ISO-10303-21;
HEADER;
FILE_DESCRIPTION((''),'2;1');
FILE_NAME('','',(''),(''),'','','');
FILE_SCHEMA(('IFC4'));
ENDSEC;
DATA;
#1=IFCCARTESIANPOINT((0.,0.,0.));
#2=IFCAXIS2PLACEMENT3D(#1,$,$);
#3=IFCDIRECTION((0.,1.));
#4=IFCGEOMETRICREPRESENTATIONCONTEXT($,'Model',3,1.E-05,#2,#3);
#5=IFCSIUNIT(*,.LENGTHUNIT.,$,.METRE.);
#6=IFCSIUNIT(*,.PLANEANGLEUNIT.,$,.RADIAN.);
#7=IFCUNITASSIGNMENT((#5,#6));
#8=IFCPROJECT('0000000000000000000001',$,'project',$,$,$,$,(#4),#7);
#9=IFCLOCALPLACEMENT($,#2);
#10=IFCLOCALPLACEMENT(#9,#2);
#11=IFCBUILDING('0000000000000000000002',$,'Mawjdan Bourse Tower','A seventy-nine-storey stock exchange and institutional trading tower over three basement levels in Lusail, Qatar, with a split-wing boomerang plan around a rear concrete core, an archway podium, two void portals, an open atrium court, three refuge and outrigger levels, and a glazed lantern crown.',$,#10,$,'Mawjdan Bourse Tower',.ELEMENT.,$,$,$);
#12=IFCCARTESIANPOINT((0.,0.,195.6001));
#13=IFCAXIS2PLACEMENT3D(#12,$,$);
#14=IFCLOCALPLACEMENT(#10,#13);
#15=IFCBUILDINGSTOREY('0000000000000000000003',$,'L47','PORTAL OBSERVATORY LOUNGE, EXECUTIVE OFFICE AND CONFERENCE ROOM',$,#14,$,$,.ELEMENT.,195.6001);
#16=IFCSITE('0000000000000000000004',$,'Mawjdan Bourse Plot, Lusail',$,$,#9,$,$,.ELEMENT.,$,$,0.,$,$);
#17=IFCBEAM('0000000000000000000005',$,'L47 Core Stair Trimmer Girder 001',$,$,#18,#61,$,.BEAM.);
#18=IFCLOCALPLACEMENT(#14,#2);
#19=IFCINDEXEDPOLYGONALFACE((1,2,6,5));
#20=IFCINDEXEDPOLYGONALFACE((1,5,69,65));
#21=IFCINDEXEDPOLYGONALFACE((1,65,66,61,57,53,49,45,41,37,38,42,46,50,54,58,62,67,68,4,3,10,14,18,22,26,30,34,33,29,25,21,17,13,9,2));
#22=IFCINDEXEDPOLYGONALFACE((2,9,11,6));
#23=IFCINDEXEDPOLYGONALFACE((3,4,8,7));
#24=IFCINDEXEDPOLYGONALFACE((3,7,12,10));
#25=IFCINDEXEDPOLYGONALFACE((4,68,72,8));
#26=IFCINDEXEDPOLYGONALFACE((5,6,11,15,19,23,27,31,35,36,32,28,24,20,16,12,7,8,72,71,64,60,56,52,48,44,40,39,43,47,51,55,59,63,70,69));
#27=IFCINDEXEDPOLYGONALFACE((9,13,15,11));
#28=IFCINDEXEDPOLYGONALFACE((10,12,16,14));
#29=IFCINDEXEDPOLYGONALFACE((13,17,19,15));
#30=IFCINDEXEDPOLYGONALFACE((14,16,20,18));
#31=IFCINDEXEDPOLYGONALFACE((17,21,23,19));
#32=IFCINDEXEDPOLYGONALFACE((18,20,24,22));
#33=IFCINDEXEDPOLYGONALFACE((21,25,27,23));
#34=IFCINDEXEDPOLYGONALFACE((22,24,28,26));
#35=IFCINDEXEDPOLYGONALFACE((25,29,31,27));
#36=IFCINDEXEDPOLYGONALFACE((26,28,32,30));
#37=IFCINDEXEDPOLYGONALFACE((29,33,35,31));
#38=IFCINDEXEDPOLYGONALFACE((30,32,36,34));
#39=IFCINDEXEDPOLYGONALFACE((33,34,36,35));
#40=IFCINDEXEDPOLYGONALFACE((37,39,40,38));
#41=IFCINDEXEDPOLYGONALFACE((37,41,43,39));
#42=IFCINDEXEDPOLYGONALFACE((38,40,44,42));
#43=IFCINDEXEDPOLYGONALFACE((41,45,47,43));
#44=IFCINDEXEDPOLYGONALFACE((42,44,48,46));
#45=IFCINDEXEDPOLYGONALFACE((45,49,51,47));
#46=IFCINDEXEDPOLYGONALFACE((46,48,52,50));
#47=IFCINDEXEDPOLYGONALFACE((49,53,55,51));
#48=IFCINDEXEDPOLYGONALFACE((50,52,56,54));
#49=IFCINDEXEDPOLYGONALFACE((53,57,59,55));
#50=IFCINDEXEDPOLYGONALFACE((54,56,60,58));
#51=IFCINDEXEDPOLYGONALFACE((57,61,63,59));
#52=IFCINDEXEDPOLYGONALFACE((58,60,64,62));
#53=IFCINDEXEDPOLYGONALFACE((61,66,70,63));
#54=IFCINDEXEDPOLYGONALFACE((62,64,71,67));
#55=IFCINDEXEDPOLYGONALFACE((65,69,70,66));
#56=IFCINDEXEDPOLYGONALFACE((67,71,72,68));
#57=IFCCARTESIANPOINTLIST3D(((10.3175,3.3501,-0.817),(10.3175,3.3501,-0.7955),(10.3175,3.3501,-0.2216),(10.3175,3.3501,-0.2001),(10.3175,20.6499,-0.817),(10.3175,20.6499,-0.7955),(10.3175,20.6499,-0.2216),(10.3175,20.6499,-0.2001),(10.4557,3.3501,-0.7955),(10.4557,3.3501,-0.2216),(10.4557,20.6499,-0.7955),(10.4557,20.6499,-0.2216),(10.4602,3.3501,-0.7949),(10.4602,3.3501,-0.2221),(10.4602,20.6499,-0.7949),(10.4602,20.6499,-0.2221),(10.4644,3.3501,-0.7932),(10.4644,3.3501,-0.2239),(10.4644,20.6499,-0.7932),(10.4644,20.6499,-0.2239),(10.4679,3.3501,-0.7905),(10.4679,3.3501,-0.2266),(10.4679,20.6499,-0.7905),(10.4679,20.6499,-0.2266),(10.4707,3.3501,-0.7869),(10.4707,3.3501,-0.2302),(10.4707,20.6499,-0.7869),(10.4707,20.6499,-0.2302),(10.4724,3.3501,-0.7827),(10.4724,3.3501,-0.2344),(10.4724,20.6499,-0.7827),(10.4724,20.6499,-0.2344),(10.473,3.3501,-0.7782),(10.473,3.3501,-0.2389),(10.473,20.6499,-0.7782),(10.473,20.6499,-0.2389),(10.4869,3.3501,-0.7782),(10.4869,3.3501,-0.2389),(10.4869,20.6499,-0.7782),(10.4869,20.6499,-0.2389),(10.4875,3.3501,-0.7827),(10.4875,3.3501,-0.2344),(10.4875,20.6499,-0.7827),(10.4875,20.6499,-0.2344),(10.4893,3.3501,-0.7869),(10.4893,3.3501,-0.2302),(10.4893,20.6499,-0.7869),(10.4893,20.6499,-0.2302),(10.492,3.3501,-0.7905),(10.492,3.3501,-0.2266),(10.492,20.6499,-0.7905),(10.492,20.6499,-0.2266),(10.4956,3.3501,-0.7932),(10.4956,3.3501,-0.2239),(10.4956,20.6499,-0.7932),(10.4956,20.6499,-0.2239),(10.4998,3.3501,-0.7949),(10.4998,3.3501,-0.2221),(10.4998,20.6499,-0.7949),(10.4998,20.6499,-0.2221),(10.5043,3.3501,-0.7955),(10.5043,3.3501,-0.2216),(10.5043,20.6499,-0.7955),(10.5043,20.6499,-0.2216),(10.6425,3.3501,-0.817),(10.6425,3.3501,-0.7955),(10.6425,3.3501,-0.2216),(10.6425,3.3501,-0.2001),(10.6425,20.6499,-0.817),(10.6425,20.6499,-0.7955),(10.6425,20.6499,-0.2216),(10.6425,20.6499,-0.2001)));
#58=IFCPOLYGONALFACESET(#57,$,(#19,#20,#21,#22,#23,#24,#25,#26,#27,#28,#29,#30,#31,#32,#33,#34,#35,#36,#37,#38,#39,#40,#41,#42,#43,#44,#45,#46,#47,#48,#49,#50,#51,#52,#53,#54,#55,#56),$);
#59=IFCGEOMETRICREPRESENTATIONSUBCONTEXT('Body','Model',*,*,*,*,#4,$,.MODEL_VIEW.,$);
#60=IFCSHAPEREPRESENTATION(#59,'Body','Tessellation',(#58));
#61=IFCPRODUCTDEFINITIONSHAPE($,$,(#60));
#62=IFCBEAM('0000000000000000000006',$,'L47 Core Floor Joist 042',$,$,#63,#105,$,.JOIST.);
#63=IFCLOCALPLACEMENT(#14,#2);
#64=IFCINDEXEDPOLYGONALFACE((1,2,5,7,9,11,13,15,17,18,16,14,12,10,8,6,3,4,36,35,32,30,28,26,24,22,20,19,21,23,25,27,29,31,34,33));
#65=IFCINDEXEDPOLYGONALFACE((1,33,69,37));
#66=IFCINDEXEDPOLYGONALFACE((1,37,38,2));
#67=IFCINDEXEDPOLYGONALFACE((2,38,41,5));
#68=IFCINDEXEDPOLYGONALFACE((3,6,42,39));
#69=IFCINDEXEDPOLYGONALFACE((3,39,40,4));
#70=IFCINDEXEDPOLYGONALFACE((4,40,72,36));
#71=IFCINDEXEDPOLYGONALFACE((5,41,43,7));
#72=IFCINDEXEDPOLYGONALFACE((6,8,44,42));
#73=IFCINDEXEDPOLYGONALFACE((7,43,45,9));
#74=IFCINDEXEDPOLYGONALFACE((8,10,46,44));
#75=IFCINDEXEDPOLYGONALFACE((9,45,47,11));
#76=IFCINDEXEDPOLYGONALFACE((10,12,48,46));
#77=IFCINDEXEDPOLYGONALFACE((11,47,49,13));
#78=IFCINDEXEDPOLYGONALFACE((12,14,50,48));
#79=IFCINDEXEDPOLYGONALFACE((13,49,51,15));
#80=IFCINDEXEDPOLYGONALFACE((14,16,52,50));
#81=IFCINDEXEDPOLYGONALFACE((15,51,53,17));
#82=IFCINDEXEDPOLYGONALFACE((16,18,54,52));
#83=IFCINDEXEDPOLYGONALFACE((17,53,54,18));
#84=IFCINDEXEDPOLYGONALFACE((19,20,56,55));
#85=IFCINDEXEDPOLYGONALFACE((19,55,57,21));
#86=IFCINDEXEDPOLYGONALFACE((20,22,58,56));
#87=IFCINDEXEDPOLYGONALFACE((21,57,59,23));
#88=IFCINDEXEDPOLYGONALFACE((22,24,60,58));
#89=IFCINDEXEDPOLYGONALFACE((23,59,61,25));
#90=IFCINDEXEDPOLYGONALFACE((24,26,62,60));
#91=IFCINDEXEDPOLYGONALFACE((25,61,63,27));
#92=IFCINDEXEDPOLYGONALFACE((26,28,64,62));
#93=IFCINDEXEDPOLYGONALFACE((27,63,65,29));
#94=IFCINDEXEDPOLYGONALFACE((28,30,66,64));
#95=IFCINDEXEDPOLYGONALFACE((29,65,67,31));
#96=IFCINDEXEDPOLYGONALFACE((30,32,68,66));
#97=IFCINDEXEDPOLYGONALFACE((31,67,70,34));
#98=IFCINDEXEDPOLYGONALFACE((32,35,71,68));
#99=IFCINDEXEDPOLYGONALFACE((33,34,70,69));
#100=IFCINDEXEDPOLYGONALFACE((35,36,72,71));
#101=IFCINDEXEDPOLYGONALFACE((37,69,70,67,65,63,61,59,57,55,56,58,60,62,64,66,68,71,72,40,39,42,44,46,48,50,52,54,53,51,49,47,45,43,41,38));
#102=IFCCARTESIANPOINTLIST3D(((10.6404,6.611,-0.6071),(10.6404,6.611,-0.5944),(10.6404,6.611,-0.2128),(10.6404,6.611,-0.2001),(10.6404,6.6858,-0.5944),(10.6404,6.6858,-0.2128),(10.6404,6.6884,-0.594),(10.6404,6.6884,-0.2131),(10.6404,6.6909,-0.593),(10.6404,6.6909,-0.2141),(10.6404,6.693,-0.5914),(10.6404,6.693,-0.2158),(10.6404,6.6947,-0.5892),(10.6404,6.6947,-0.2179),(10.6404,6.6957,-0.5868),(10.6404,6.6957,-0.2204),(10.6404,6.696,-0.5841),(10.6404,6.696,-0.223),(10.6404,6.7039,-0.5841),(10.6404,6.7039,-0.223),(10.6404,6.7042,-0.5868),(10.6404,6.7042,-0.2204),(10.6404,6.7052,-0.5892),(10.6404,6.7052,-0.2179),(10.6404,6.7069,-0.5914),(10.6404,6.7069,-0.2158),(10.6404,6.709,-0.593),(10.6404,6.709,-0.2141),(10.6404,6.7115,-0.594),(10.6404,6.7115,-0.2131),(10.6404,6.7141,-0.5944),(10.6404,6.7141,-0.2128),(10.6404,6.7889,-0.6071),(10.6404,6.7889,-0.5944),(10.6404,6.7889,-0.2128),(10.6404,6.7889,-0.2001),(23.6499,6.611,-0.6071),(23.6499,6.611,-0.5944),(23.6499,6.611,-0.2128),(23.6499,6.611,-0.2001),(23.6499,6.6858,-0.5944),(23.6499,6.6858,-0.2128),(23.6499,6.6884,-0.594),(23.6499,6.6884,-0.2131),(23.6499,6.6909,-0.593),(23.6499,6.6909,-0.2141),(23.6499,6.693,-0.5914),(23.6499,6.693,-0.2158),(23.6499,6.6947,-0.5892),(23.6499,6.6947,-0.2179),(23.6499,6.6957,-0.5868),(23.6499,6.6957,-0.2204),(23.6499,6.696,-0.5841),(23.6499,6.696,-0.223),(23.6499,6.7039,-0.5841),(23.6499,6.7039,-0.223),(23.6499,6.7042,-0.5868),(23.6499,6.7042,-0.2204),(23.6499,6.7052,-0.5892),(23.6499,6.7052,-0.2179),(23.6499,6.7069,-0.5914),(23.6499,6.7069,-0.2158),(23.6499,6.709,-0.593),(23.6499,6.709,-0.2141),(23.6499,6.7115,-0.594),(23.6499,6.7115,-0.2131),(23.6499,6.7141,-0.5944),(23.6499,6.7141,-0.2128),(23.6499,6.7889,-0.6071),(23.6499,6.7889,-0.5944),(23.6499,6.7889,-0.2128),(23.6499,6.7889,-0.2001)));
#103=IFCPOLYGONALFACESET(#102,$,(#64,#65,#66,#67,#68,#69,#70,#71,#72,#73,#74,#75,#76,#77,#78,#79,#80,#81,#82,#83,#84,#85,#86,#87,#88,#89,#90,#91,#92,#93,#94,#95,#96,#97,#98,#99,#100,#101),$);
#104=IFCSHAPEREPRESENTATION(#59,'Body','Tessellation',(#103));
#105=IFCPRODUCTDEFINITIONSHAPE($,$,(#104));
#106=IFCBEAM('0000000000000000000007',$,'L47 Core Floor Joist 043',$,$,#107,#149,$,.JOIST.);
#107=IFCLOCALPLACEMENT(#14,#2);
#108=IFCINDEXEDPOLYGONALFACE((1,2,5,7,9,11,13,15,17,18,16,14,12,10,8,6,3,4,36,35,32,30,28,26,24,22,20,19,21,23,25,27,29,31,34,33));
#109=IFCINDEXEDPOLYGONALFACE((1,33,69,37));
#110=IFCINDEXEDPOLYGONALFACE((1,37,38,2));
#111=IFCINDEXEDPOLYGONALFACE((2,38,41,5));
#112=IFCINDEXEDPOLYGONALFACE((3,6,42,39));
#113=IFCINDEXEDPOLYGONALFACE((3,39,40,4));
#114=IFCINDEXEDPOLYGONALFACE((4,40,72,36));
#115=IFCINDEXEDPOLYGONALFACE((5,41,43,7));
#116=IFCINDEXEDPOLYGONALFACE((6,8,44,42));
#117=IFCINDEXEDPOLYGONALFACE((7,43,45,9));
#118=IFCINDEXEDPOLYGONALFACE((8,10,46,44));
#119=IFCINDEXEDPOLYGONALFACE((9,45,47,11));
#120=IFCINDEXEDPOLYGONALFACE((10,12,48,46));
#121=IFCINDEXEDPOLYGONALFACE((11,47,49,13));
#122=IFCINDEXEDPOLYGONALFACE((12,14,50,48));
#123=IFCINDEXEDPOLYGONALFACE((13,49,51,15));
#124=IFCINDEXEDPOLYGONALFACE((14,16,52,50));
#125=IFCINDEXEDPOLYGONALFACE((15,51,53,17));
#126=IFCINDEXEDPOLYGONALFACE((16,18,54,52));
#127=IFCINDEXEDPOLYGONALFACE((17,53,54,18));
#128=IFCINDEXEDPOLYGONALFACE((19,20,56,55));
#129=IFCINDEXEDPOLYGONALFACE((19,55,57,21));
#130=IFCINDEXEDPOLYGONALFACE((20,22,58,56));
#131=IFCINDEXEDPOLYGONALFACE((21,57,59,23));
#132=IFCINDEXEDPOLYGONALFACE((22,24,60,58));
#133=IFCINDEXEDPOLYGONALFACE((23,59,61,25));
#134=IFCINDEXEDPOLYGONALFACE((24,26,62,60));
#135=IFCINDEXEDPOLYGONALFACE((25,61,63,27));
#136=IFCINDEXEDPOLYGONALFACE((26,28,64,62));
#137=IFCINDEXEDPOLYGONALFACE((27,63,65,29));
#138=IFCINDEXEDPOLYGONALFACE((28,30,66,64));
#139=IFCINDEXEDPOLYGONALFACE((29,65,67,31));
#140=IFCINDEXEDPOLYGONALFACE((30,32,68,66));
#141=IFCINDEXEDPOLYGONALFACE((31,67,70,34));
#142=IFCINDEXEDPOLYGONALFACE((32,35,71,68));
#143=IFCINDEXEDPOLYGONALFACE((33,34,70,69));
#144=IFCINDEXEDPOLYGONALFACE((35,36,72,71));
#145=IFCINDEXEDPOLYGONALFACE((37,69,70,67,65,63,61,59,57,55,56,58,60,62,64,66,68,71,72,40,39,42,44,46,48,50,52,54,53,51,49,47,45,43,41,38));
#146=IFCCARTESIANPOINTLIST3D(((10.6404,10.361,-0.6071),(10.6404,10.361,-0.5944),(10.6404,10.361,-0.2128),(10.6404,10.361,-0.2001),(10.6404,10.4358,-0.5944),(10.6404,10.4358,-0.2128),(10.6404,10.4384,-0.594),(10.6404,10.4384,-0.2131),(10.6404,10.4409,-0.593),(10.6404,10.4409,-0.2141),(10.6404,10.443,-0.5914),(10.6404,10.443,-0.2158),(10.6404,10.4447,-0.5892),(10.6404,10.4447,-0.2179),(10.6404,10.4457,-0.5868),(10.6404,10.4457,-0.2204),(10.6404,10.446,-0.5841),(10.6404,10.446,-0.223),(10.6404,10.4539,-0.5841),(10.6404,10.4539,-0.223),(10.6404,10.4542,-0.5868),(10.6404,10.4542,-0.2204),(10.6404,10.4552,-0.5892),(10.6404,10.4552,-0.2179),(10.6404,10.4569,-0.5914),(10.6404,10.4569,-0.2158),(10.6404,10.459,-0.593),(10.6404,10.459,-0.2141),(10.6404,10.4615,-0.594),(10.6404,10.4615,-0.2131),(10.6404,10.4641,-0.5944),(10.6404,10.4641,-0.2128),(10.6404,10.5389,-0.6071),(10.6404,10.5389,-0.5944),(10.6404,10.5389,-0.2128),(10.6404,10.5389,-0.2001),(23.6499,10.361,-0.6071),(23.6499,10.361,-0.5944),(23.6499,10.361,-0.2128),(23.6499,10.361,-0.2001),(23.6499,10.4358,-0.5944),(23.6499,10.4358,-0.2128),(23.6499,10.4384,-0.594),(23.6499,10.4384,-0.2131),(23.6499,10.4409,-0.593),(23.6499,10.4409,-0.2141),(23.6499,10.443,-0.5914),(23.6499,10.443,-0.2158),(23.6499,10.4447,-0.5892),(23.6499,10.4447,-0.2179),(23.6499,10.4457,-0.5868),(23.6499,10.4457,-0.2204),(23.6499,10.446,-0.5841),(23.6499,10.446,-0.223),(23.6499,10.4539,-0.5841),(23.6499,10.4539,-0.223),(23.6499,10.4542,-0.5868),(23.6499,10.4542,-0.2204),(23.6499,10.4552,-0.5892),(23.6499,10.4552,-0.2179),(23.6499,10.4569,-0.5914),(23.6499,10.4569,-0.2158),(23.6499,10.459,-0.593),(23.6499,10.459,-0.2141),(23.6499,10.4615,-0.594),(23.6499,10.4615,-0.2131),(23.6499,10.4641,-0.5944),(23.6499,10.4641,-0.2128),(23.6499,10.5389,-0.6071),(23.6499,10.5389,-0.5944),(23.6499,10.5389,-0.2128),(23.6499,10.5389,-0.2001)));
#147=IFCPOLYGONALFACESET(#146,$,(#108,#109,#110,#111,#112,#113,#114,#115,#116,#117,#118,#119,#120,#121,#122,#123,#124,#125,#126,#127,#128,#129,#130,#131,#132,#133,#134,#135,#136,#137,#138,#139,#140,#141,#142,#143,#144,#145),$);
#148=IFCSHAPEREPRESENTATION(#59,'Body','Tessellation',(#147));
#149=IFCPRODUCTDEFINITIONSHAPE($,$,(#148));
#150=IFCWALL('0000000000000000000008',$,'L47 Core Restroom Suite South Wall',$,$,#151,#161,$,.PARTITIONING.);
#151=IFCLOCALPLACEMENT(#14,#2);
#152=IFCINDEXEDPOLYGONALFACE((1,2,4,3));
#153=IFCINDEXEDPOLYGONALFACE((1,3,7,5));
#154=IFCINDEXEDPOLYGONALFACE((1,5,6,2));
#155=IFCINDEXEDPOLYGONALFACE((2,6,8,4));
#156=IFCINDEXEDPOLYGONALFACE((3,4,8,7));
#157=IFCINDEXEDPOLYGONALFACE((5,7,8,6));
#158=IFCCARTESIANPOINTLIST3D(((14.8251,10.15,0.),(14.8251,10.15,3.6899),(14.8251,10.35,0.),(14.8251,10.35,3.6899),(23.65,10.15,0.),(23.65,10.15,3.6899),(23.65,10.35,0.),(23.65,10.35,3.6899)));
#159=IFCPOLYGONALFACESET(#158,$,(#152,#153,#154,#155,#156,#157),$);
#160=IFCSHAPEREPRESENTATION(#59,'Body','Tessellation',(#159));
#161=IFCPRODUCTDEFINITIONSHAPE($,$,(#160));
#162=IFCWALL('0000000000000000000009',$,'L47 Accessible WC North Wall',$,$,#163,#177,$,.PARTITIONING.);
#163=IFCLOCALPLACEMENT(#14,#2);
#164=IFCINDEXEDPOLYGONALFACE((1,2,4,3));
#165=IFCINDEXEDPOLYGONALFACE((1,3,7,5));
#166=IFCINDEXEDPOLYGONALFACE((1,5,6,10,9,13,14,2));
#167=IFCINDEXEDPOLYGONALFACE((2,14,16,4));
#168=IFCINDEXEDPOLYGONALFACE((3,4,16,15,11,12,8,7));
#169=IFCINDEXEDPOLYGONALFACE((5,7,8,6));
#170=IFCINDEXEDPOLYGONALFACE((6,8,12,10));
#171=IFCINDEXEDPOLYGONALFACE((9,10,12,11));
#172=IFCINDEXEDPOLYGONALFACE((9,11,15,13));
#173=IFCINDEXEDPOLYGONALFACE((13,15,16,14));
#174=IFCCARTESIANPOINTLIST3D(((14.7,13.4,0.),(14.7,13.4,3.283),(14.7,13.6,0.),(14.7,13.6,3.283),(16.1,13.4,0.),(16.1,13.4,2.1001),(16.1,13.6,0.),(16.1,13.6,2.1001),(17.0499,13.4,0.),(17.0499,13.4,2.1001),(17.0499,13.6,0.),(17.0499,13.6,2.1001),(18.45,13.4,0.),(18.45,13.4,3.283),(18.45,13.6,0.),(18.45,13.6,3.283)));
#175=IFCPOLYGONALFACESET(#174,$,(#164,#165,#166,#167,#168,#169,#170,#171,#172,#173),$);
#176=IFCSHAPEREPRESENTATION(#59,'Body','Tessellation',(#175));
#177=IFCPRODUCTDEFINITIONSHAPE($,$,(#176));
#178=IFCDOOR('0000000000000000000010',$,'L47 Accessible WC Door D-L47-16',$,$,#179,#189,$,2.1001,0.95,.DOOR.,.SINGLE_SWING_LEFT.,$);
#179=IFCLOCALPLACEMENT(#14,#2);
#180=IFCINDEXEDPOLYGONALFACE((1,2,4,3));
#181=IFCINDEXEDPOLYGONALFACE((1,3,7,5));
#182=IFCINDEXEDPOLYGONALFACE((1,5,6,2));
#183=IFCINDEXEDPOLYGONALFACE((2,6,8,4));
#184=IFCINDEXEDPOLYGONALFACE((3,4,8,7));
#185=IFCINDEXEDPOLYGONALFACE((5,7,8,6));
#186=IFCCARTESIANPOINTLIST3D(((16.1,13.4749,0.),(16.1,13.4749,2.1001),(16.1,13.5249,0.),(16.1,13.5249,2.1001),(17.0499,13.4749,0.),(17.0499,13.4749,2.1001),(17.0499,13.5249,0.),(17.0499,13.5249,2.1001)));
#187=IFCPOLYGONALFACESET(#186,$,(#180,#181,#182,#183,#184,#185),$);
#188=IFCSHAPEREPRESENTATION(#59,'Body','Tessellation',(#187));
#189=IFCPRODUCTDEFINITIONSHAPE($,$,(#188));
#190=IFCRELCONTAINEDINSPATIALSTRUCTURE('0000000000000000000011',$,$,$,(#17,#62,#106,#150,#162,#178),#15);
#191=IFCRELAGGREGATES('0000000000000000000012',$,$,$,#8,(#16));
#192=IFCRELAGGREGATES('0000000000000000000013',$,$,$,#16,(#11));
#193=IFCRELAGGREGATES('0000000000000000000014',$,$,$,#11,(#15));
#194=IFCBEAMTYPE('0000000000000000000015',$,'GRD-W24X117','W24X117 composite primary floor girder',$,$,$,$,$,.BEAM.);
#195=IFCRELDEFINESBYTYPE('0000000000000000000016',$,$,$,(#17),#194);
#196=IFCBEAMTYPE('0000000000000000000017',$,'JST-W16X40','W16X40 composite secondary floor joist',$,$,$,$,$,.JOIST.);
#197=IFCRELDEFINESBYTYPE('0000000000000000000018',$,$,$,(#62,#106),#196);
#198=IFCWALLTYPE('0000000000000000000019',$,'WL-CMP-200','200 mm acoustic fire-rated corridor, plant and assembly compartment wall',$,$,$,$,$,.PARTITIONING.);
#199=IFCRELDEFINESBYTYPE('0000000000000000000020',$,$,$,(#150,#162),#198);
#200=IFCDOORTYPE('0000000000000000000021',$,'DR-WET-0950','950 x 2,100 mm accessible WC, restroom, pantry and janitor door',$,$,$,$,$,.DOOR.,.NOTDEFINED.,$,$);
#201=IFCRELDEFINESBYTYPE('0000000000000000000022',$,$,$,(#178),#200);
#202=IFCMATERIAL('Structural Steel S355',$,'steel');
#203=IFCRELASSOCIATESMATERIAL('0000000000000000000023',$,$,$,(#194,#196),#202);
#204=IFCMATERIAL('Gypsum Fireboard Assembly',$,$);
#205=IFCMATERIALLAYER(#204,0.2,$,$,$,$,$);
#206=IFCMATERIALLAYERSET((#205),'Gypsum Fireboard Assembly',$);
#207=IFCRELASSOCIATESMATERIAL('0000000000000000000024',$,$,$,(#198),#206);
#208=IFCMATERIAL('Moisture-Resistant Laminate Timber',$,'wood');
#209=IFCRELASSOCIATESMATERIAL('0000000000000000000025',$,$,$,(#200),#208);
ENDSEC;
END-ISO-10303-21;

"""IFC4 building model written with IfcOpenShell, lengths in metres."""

from ifc_helpers import new_model, si_unit, direction, frame, frame_2d, origin, origin_2d, place, context, subcontext, project, spatial, rectangle, i_section, extrude, material, layer, layer_set, material_profile, profile_set, type_object, element, fill, save


model = new_model("IFC4")

# Units and contexts
model_context = context("Model", 3, precision=1e-05, world=origin(), true_north=direction((0.0, 1.0)))
body_context = subcontext(model_context, "Body", "Model", "MODEL_VIEW")
ifc_project = project(units=[si_unit("LENGTHUNIT", "METRE"), si_unit("PLANEANGLEUNIT", "RADIAN")], contexts=[model_context])

# Site, building, storey
site_placement = place(None, origin())
site = spatial("IfcSite", under=ifc_project, at=site_placement, Name="Mawjdan Bourse Plot, Lusail", CompositionType="ELEMENT", RefElevation=0.0)
building_placement = place(site_placement, origin())
building = spatial("IfcBuilding", under=site, at=building_placement, Name="Mawjdan Bourse Tower", Description="A seventy-nine-storey stock exchange and institutional trading tower over three basement levels in Lusail, Qatar, with a split-wing boomerang plan around a rear concrete core, an archway podium, two void portals, an open atrium court, three refuge and outrigger levels, and a glazed lantern crown.", LongName="Mawjdan Bourse Tower", CompositionType="ELEMENT")
storey_placement = place(building_placement, frame((0.0, 0.0, 195.6001)))
storey = spatial("IfcBuildingStorey", under=building, at=storey_placement, Name="L47", Description="PORTAL OBSERVATORY LOUNGE, EXECUTIVE OFFICE AND CONFERENCE ROOM", CompositionType="ELEMENT", Elevation=195.6001)

# Beams
ifc_material_1 = material(Name="Structural Steel S355", Category="steel")
ifc_material_profile_1 = material_profile(ifc_material_1, i_section(OverallWidth=0.325, OverallDepth=0.6169, WebThickness=0.0139, FlangeThickness=0.0215, FilletRadius=0.0173, at=origin_2d()), Name="W24X117")
ifc_profile_set_1 = profile_set([ifc_material_profile_1], Name="Structural Steel S355")
beam_type_1 = type_object("IfcBeamType", Name="GRD-W24X117", Description="W24X117 composite primary floor girder", PredefinedType="BEAM", material=ifc_profile_set_1)
beam_placement = place(storey_placement, frame((10.48, 3.3501, -0.5085), z_axis=(0.0, 1.0, 0.0), x_axis=(-1.0, 0.0, 0.0)))
element("IfcBeam", 1, at=beam_placement, inside=storey, type_object=beam_type_1, Name="L47 Core Stair Trimmer Girder 001", PredefinedType="BEAM", context=body_context, shape_type="SweptSolid", body=[
    extrude(i_section(OverallWidth=0.325, OverallDepth=0.6169, WebThickness=0.0139, FlangeThickness=0.0215, FilletRadius=0.0173, at=origin_2d()), origin(), (0.0, 0.0, 1.0), 17.2998),
])
ifc_material_profile_2 = material_profile(ifc_material_1, i_section(OverallWidth=0.178, OverallDepth=0.407, WebThickness=0.0078, FlangeThickness=0.0127, FilletRadius=0.0103, at=origin_2d()), Name="W16X40")
ifc_profile_set_2 = profile_set([ifc_material_profile_2], Name="Structural Steel S355")
beam_type_2 = type_object("IfcBeamType", Name="JST-W16X40", Description="W16X40 composite secondary floor joist", PredefinedType="JOIST", material=ifc_profile_set_2)
for number, where, z_axis, x_axis, name in (
    (2, (10.6404, 6.7, -0.4036), (1.0, 0.0, 0.0), (0.0, 1.0, 0.0), "L47 Core Floor Joist 042"),
    (3, (10.6404, 10.45, -0.4036), (1.0, 0.0, 0.0), (0.0, 1.0, 0.0), "L47 Core Floor Joist 043"),
):
    element("IfcBeam", number, at=place(storey_placement, frame(where, z_axis=z_axis, x_axis=x_axis)), inside=storey, type_object=beam_type_2, Name=name, PredefinedType="JOIST", context=body_context, shape_type="SweptSolid", body=[
        extrude(i_section(OverallWidth=0.178, OverallDepth=0.407, WebThickness=0.0078, FlangeThickness=0.0127, FilletRadius=0.0103, at=origin_2d()), origin(), (0.0, 0.0, 1.0), 13.0095),
    ])

# Shared definitions
ifc_material_2 = material(Name="Gypsum Fireboard Assembly")
ifc_layer_1 = layer(ifc_material_2, 0.2)
ifc_layer_set_1 = layer_set([ifc_layer_1], Name="Gypsum Fireboard Assembly")
wall_type_1 = type_object("IfcWallType", Name="WL-CMP-200", Description="200 mm acoustic fire-rated corridor, plant and assembly compartment wall", PredefinedType="PARTITIONING", material=ifc_layer_set_1)

# Wall
wall_1_placement = place(storey_placement, frame((14.825, 10.25, 0.0), z_axis=(0.0, 0.0, 1.0), x_axis=(1.0, 0.0, 0.0)))
element("IfcWall", 4, at=wall_1_placement, inside=storey, type_object=wall_type_1, Name="L47 Core Restroom Suite South Wall", PredefinedType="PARTITIONING", context=body_context, shape_type="SweptSolid", body=[
    extrude(rectangle(XDim=8.825, YDim=0.2, at=frame_2d((4.4126, 0.0))), origin(), (0.0, 0.0, 1.0), 3.6899),
])

# Wall, opening, door
wall_2_placement = place(storey_placement, frame((14.7, 13.5, 0.0), z_axis=(0.0, 0.0, 1.0), x_axis=(1.0, 0.0, 0.0)))
wall_2 = element("IfcWall", 5, at=wall_2_placement, inside=storey, type_object=wall_type_1, Name="L47 Accessible WC North Wall", PredefinedType="PARTITIONING", context=body_context, shape_type="SweptSolid", body=[
    extrude(rectangle(XDim=3.75, YDim=0.2, at=frame_2d((1.875, 0.0))), origin(), (0.0, 0.0, 1.0), 3.283),
])
opening_1_placement = place(wall_2_placement, frame((1.3999, 0.0, 0.0)))
opening_1 = element("IfcOpeningElement", 6, at=opening_1_placement, cuts=wall_2, PredefinedType="OPENING", context=body_context, shape_type="SweptSolid", body=[
    extrude(rectangle(XDim=0.95, YDim=2.1001, at=frame_2d((0.4751, 1.05))), frame((0.0, 0.1099, 0.0), z_axis=(0.0, -1.0, 0.0), x_axis=(1.0, 0.0, 0.0)), (0.0, 0.0, 1.0), 0.22),
])
ifc_material_3 = material(Name="Moisture-Resistant Laminate Timber", Category="wood")
door_type_1 = type_object("IfcDoorType", Name="DR-WET-0950", Description="950 x 2,100 mm accessible WC, restroom, pantry and janitor door", OperationType="NOTDEFINED", PredefinedType="DOOR", material=ifc_material_3)
door_1_placement = place(opening_1_placement, origin())
door_1 = element("IfcDoor", 7, at=door_1_placement, inside=storey, type_object=door_type_1, Name="L47 Accessible WC Door D-L47-16", OperationType="SINGLE_SWING_LEFT", OverallHeight=2.1001, OverallWidth=0.95, PredefinedType="DOOR", context=body_context, shape_type="SweptSolid", body=[
    extrude(rectangle(XDim=0.95, YDim=2.1001, at=frame_2d((0.4751, 1.05))), frame((0.0, 0.0249, 0.0), z_axis=(0.0, -1.0, 0.0), x_axis=(1.0, 0.0, 0.0)), (0.0, 0.0, 1.0), 0.05),
])
fill(opening_1, door_1)

save(model, "model.ifc")
